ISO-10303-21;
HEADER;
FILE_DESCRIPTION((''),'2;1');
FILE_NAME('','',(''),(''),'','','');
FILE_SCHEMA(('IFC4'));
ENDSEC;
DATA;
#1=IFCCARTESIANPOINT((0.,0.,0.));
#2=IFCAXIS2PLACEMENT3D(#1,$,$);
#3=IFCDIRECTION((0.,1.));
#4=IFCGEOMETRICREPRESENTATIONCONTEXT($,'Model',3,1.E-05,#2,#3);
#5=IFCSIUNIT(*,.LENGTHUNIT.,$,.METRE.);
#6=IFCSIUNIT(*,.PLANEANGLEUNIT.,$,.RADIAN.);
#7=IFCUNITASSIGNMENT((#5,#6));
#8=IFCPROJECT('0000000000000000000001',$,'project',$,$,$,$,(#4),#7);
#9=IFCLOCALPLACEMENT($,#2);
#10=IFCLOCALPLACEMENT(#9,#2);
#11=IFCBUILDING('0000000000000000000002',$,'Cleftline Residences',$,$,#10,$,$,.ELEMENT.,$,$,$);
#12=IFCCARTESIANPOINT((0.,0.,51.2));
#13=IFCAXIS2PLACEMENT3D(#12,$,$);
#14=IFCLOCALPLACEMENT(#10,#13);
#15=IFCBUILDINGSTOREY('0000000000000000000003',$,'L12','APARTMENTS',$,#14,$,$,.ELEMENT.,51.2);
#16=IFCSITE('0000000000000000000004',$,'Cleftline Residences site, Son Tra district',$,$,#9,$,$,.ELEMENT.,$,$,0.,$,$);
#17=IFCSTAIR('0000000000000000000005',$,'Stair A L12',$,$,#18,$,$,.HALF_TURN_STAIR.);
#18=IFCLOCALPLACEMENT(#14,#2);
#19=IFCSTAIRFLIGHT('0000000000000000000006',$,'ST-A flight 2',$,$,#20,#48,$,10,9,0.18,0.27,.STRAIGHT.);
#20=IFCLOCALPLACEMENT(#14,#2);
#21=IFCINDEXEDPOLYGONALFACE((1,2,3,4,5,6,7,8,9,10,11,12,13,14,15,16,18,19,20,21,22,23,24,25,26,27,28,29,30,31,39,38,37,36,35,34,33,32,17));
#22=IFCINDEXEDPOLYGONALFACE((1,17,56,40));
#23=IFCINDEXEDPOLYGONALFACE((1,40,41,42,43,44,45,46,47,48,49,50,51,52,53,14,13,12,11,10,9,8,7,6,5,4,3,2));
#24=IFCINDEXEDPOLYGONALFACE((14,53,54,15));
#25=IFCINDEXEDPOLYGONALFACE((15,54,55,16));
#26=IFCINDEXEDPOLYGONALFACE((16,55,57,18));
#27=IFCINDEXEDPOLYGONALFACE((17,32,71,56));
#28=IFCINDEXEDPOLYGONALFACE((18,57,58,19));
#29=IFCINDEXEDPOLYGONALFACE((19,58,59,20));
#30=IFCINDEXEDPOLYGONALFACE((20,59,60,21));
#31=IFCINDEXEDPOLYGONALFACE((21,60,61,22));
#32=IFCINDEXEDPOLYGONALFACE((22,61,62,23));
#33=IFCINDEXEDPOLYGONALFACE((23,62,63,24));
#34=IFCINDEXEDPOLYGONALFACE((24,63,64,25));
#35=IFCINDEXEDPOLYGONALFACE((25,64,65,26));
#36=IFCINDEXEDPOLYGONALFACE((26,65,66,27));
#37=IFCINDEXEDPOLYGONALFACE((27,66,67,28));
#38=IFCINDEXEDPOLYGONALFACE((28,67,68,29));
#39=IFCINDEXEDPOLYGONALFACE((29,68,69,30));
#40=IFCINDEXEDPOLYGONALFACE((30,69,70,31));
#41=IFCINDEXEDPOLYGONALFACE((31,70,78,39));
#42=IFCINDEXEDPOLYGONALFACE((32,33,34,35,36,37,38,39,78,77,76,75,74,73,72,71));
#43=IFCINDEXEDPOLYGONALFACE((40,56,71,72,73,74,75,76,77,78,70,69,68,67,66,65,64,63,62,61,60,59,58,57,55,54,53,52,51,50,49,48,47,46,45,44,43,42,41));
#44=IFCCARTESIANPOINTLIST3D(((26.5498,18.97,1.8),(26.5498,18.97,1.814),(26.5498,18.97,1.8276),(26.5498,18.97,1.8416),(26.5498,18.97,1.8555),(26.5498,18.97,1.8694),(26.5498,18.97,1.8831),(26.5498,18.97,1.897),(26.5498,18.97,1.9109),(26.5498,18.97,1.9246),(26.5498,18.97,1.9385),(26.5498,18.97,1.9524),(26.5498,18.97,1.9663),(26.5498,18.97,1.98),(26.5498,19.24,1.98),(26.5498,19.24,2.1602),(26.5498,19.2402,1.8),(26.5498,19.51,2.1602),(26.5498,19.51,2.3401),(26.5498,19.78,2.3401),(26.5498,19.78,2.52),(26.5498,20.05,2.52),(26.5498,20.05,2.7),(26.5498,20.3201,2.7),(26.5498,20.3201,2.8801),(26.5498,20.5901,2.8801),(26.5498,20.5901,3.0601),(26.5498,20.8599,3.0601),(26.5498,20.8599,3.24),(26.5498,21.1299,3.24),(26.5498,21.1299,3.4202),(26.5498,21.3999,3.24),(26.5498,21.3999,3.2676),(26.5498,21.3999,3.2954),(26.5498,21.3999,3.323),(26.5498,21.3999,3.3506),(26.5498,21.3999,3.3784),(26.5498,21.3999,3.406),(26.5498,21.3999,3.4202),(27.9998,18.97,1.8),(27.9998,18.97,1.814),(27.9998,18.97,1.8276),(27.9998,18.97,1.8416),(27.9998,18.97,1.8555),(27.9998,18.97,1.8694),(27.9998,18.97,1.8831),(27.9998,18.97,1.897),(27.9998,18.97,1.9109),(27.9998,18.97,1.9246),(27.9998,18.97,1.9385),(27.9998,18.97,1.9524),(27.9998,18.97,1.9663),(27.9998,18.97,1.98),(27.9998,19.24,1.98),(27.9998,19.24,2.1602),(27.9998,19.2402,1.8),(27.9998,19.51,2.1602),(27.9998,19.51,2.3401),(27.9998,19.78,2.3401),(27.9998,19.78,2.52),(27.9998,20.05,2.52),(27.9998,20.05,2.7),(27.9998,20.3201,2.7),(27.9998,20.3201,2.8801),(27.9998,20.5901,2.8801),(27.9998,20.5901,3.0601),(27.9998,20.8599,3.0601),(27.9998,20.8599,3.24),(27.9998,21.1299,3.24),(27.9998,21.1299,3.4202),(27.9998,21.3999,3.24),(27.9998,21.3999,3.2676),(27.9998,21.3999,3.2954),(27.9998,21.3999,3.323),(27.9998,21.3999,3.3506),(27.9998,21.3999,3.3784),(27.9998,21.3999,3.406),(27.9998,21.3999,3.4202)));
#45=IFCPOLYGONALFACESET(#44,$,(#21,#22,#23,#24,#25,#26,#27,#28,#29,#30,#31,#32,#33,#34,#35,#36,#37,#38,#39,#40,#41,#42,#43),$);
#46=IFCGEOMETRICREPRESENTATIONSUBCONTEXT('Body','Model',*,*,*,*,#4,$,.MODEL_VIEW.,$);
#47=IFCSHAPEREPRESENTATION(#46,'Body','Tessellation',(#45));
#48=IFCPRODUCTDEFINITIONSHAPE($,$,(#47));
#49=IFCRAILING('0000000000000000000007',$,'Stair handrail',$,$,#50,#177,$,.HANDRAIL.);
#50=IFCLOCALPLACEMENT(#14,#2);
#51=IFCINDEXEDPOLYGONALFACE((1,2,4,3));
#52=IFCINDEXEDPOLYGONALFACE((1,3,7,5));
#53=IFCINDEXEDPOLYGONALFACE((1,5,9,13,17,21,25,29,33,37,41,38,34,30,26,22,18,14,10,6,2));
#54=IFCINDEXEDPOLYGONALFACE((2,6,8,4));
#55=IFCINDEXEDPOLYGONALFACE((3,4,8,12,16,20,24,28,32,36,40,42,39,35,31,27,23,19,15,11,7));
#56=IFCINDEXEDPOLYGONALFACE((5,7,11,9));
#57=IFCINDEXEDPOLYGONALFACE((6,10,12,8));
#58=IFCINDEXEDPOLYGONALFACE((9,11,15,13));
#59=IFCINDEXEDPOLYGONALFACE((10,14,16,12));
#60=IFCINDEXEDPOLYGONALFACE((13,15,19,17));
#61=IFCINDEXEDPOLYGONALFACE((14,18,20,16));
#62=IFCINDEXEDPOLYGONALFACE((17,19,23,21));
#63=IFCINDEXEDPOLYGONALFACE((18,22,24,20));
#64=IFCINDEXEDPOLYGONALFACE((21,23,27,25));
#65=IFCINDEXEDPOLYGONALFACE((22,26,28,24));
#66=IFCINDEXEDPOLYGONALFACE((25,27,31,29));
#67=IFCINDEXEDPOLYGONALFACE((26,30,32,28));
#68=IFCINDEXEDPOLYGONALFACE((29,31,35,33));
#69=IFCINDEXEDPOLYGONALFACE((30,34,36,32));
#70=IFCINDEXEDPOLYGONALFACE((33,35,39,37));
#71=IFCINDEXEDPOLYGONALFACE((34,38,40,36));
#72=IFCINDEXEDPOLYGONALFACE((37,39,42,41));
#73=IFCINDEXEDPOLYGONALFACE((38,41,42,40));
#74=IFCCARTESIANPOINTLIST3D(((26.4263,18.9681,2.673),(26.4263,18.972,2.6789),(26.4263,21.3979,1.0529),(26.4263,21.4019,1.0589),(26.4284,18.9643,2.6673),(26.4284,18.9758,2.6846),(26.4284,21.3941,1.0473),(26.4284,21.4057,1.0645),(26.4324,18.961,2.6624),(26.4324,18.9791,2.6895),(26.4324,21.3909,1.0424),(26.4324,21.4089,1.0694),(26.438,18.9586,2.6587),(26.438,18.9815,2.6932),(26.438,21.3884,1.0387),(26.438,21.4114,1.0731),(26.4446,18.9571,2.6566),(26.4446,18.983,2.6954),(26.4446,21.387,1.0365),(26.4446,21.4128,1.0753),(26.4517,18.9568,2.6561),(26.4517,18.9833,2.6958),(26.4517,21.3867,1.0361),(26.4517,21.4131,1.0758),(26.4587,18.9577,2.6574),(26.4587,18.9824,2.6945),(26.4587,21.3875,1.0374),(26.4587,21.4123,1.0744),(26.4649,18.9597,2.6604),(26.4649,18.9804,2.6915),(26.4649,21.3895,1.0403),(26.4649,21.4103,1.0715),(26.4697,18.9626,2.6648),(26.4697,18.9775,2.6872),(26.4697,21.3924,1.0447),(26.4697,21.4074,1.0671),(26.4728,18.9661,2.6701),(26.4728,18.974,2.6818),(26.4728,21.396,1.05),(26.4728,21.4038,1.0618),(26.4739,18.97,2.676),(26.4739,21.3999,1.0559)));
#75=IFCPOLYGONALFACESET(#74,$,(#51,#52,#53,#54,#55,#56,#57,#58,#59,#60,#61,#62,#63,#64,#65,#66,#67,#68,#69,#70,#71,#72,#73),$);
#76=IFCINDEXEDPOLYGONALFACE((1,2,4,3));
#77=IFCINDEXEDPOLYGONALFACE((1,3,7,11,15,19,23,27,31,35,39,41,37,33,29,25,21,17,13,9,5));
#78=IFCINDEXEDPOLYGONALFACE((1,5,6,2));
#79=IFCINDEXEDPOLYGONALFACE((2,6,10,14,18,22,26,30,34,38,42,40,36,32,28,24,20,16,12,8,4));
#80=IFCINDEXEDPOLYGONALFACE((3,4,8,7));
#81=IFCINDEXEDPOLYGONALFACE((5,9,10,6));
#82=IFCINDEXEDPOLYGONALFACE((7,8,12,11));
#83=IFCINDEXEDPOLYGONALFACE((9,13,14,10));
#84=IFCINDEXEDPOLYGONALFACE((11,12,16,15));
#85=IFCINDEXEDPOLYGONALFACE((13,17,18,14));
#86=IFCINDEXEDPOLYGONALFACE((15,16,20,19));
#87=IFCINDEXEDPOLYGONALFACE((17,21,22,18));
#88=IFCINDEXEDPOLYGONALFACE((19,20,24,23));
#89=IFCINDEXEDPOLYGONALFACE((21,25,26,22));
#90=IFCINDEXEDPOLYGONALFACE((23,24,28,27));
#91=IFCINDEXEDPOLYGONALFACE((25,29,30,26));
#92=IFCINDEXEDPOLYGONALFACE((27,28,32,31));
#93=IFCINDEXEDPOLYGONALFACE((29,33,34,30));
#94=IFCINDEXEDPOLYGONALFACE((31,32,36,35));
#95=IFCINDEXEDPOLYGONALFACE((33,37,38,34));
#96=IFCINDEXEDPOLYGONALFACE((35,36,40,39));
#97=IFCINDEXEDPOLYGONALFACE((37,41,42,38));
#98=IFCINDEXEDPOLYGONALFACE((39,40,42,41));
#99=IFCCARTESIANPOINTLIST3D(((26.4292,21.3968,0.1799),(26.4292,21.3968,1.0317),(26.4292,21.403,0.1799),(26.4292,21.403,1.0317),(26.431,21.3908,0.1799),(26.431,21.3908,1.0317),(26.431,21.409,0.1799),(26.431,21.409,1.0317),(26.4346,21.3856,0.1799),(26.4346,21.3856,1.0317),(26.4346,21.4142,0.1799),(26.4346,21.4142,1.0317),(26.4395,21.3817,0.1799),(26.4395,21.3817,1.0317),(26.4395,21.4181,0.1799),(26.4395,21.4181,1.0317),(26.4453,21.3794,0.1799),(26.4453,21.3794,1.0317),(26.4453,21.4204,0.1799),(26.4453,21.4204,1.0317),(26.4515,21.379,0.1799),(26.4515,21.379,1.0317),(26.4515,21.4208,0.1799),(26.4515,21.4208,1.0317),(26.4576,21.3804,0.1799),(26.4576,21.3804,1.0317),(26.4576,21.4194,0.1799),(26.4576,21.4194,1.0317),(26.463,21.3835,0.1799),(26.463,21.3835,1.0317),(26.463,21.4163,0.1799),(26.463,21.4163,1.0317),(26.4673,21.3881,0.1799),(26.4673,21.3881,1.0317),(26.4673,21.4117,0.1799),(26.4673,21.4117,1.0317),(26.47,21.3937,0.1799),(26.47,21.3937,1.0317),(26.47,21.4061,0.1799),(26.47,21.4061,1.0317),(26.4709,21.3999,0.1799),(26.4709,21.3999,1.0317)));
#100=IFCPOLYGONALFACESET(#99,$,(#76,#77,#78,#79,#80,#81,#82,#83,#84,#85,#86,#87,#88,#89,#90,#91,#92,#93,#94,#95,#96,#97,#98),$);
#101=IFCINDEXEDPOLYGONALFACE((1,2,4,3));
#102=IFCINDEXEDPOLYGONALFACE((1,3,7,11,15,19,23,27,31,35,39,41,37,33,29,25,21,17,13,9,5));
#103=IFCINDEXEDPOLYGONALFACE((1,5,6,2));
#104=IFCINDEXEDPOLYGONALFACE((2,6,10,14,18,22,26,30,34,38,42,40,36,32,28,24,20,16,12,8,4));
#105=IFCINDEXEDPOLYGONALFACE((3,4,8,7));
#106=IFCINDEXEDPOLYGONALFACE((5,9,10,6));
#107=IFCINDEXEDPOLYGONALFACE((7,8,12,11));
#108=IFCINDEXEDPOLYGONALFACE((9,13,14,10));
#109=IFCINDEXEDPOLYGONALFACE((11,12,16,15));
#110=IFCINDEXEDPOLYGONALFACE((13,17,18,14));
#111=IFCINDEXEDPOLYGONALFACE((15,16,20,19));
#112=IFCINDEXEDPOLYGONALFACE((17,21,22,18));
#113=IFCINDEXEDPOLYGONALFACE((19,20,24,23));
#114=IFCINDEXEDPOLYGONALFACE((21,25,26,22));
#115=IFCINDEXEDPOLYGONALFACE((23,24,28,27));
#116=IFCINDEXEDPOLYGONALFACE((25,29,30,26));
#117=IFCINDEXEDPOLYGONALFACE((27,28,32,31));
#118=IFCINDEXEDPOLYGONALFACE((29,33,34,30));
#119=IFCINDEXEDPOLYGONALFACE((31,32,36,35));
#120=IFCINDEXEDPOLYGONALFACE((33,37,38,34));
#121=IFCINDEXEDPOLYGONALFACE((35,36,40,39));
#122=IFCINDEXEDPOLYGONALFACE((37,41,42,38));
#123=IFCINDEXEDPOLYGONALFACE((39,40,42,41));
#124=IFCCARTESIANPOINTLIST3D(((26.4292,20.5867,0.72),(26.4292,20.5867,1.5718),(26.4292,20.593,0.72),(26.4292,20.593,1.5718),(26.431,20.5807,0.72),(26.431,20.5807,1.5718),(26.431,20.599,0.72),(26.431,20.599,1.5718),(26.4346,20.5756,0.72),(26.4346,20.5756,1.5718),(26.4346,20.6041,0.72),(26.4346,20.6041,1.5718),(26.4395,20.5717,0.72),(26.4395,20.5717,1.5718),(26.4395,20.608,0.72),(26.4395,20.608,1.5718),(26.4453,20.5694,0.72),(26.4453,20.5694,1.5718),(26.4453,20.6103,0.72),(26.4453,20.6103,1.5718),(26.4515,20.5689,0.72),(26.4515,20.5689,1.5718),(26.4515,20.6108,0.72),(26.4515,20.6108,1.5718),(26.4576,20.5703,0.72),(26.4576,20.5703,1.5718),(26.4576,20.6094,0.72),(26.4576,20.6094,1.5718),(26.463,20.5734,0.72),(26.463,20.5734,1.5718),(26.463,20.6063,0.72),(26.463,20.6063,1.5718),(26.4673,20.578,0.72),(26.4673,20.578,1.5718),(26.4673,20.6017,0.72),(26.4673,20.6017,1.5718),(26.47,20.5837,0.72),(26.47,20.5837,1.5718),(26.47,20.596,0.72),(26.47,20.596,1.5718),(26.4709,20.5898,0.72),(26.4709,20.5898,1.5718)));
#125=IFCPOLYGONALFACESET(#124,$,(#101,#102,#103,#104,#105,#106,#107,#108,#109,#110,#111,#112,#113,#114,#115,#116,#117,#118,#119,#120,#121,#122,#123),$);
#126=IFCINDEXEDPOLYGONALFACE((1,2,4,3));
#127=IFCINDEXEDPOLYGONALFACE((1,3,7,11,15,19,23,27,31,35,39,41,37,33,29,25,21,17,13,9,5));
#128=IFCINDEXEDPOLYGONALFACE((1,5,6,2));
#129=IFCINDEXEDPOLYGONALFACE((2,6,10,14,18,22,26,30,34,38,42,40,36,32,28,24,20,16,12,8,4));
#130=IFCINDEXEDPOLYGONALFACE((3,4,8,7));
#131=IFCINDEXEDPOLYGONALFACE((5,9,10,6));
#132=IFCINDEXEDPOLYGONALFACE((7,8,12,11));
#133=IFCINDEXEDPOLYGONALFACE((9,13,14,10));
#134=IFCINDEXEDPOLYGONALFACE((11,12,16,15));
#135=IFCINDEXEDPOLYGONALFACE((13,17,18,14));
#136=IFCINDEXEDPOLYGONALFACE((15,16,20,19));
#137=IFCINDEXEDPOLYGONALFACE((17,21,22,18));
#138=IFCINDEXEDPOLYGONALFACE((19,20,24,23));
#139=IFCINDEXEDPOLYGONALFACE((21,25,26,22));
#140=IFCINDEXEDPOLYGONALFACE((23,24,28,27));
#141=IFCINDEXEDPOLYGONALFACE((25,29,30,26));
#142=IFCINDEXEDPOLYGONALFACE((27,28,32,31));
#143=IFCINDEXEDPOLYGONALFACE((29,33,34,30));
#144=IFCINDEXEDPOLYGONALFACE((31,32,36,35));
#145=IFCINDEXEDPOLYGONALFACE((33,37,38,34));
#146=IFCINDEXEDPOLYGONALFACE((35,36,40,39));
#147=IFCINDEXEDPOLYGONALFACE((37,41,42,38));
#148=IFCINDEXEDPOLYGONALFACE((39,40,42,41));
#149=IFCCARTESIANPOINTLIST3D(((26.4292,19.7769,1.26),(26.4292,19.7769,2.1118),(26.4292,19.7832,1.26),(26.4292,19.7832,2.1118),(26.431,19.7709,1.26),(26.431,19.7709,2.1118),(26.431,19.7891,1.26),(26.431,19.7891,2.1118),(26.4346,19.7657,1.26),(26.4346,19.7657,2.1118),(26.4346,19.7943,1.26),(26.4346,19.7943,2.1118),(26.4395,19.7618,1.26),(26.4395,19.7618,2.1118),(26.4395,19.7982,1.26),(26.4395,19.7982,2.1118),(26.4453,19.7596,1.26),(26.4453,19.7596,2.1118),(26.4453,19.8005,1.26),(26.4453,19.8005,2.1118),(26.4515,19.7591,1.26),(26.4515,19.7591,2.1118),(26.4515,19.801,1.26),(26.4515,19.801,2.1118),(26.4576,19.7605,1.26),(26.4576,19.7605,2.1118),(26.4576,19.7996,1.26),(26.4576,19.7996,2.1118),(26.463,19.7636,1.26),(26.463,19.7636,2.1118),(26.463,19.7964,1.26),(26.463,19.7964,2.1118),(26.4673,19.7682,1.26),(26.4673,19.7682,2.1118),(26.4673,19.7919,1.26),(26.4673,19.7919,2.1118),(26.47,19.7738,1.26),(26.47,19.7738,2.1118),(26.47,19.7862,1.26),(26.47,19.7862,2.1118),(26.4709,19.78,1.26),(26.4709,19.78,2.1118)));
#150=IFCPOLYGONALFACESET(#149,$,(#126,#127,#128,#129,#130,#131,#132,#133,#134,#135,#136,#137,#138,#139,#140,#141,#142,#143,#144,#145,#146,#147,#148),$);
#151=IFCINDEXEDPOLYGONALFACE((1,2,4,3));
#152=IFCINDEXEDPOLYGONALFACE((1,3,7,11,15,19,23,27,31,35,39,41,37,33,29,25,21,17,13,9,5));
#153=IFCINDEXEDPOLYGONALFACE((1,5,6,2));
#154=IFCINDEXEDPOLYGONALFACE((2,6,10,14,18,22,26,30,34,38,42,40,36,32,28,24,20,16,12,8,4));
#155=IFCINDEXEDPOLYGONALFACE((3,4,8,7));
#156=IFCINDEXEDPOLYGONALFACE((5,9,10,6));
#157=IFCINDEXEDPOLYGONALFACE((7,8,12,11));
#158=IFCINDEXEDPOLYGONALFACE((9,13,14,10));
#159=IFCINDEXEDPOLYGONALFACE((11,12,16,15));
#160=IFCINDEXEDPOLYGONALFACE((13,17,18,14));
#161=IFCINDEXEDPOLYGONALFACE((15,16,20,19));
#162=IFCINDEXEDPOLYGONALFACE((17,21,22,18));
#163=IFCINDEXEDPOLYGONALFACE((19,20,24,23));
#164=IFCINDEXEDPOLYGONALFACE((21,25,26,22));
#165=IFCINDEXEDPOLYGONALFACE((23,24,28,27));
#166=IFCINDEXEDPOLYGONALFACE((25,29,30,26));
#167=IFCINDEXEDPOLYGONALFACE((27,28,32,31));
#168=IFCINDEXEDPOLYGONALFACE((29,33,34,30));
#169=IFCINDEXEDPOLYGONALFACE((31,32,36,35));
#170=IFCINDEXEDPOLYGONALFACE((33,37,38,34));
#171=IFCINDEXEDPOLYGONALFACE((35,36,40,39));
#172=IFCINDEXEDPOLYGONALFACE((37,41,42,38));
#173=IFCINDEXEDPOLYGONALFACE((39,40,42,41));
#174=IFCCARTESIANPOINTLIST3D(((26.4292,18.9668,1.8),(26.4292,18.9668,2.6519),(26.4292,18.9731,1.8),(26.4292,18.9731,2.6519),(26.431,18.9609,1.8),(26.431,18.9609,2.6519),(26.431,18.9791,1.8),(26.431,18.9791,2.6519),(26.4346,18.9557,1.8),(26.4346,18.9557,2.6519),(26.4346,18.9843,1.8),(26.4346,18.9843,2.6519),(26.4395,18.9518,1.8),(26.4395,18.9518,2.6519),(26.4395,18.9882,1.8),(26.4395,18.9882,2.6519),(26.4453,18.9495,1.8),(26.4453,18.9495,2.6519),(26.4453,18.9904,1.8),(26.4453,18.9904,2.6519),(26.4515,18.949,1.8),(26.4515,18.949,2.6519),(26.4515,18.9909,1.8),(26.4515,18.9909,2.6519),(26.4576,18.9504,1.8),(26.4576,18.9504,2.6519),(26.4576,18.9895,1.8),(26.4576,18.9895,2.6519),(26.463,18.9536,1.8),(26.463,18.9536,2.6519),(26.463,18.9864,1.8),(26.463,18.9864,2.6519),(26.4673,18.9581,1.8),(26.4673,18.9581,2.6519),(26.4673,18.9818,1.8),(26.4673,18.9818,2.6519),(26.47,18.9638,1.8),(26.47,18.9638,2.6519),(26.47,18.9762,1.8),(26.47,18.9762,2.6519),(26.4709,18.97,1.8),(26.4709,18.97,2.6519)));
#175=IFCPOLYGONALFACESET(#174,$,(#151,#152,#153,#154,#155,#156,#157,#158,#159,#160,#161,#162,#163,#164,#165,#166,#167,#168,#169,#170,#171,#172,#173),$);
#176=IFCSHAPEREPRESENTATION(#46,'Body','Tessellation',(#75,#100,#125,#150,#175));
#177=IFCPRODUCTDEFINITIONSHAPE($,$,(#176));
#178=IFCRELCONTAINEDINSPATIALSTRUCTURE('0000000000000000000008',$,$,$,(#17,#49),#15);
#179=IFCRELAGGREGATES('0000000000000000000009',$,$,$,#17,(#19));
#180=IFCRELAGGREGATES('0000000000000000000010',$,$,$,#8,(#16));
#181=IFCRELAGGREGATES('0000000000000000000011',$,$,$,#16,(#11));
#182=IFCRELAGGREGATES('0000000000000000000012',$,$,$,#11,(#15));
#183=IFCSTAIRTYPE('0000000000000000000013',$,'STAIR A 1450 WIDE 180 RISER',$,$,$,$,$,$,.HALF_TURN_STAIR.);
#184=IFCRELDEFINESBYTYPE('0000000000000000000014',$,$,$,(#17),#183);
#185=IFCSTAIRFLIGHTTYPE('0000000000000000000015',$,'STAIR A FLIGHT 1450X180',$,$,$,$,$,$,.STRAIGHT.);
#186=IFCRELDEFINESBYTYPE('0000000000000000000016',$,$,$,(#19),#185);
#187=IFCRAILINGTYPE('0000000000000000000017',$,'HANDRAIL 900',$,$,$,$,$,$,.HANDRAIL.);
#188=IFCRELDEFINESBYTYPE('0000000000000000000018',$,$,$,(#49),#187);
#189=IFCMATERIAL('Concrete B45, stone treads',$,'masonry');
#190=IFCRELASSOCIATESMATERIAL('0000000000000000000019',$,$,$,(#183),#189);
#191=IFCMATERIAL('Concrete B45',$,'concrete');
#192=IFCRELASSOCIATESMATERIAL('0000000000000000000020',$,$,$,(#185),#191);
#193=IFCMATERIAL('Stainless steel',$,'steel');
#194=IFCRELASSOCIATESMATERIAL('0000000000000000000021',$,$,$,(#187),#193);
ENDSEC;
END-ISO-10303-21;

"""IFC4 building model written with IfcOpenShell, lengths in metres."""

from ifc_helpers import new_model, si_unit, direction, frame, origin, origin_2d, place, context, subcontext, project, spatial, polyline, circle, outline, extrude, material, type_object, element, aggregate, save


model = new_model("IFC4")

# Units and contexts
model_context = context("Model", 3, precision=1e-05, world=origin(), true_north=direction((0.0, 1.0)))
body_context = subcontext(model_context, "Body", "Model", "MODEL_VIEW")
ifc_project = project(units=[si_unit("LENGTHUNIT", "METRE"), si_unit("PLANEANGLEUNIT", "RADIAN")], contexts=[model_context])

# Site, building, storey
site_placement = place(None, origin())
site = spatial("IfcSite", under=ifc_project, at=site_placement, Name="Cleftline Residences site, Son Tra district", CompositionType="ELEMENT", RefElevation=0.0)
building_placement = place(site_placement, origin())
building = spatial("IfcBuilding", under=site, at=building_placement, Name="Cleftline Residences", CompositionType="ELEMENT")
storey_placement = place(building_placement, frame((0.0, 0.0, 51.2)))
storey = spatial("IfcBuildingStorey", under=building, at=storey_placement, Name="L12", Description="APARTMENTS", CompositionType="ELEMENT", Elevation=51.2)

# Stair, stair flight
ifc_material_1 = material(Name="Concrete B45, stone treads", Category="masonry")
stair_type = type_object("IfcStairType", Name="STAIR A 1450 WIDE 180 RISER", PredefinedType="HALF_TURN_STAIR", material=ifc_material_1)
stair_placement = place(storey_placement, origin())
stair = element("IfcStair", 1, at=stair_placement, inside=storey, type_object=stair_type, Name="Stair A L12", PredefinedType="HALF_TURN_STAIR")
ifc_material_2 = material(Name="Concrete B45", Category="concrete")
stair_flight_type = type_object("IfcStairFlightType", Name="STAIR A FLIGHT 1450X180", PredefinedType="STRAIGHT", material=ifc_material_2)
stair_flight_1_placement = place(storey_placement, frame((27.2749, 18.97, 1.8), z_axis=(0.0, 0.0, 1.0), x_axis=(0.0, 1.0, 0.0)))
stair_flight_1 = element("IfcStairFlight", 2, at=stair_flight_1_placement, type_object=stair_flight_type, Name="ST-A flight 2", NumberOfRisers=10, NumberOfTreads=9, PredefinedType="STRAIGHT", RiserHeight=0.18, TreadLength=0.27, context=body_context, shape_type="SweptSolid", body=[
    extrude(outline(polyline([(0.0, 0.0), (0.0, 0.0139), (0.0, 0.0276), (0.0, 0.0415), (0.0, 0.0554), (0.0, 0.0693), (0.0, 0.083), (0.0, 0.0969), (0.0, 0.1108), (0.0, 0.1245), (0.0, 0.1384), (0.0, 0.1523), (0.0, 0.1663), (0.0, 0.1799), (0.27, 0.1799), (0.27, 0.3601), (0.54, 0.3601), (0.54, 0.54), (0.8101, 0.54), (0.8101, 0.72), (1.0801, 0.72), (1.0801, 0.8999), (1.3501, 0.8999), (1.3501, 1.0801), (1.6201, 1.0801), (1.6201, 1.26), (1.8899, 1.26), (1.8899, 1.4399), (2.1599, 1.4399), (2.1599, 1.6201), (2.4299, 1.6201), (2.4299, 1.8), (2.4299, 1.7722), (2.4299, 1.7446), (2.4299, 1.7168), (2.4299, 1.6892), (2.4299, 1.6614), (2.4299, 1.6338), (2.4299, 1.606), (2.4299, 1.5784), (2.4299, 1.5505), (2.4299, 1.5229), (2.4299, 1.4954), (2.4299, 1.4675), (2.4299, 1.4399), (0.2703, 0.0), (0.0, 0.0)])), frame((0.0, 0.7251, 0.0), z_axis=(0.0, -1.0, 0.0), x_axis=(1.0, 0.0, 0.0)), (0.0, 0.0, 1.0), 1.45),
])
aggregate(stair, [stair_flight_1])

# Railing
ifc_material_3 = material(Name="Stainless steel", Category="steel")
railing_type = type_object("IfcRailingType", Name="HANDRAIL 900", PredefinedType="HANDRAIL", material=ifc_material_3)
railing_1_placement = place(storey_placement, frame((26.45, 21.3999, 0.1799)))
element("IfcRailing", 3, at=railing_1_placement, inside=storey, type_object=railing_type, Name="Stair handrail", PredefinedType="HANDRAIL", context=body_context, shape_type="SweptSolid", body=[
    extrude(circle(Radius=0.0239, at=origin_2d()), frame((0.0, 0.0, 0.876), z_axis=(0.0, -0.832025, 0.554739), x_axis=(1.0, 0.0, 0.0)), (0.0, 0.0, 1.0), 2.9204),
    extrude(circle(Radius=0.021, at=origin_2d()), origin(), (0.0, 0.0, 1.0), 0.8518),
    extrude(circle(Radius=0.021, at=origin_2d()), frame((0.0, -0.8101, 0.54)), (0.0, 0.0, 1.0), 0.8518),
    extrude(circle(Radius=0.021, at=origin_2d()), frame((0.0, -1.6199, 1.0801)), (0.0, 0.0, 1.0), 0.8518),
    extrude(circle(Radius=0.021, at=origin_2d()), frame((0.0, -2.4299, 1.6201)), (0.0, 0.0, 1.0), 0.8518),
])

save(model, "model.ifc")
